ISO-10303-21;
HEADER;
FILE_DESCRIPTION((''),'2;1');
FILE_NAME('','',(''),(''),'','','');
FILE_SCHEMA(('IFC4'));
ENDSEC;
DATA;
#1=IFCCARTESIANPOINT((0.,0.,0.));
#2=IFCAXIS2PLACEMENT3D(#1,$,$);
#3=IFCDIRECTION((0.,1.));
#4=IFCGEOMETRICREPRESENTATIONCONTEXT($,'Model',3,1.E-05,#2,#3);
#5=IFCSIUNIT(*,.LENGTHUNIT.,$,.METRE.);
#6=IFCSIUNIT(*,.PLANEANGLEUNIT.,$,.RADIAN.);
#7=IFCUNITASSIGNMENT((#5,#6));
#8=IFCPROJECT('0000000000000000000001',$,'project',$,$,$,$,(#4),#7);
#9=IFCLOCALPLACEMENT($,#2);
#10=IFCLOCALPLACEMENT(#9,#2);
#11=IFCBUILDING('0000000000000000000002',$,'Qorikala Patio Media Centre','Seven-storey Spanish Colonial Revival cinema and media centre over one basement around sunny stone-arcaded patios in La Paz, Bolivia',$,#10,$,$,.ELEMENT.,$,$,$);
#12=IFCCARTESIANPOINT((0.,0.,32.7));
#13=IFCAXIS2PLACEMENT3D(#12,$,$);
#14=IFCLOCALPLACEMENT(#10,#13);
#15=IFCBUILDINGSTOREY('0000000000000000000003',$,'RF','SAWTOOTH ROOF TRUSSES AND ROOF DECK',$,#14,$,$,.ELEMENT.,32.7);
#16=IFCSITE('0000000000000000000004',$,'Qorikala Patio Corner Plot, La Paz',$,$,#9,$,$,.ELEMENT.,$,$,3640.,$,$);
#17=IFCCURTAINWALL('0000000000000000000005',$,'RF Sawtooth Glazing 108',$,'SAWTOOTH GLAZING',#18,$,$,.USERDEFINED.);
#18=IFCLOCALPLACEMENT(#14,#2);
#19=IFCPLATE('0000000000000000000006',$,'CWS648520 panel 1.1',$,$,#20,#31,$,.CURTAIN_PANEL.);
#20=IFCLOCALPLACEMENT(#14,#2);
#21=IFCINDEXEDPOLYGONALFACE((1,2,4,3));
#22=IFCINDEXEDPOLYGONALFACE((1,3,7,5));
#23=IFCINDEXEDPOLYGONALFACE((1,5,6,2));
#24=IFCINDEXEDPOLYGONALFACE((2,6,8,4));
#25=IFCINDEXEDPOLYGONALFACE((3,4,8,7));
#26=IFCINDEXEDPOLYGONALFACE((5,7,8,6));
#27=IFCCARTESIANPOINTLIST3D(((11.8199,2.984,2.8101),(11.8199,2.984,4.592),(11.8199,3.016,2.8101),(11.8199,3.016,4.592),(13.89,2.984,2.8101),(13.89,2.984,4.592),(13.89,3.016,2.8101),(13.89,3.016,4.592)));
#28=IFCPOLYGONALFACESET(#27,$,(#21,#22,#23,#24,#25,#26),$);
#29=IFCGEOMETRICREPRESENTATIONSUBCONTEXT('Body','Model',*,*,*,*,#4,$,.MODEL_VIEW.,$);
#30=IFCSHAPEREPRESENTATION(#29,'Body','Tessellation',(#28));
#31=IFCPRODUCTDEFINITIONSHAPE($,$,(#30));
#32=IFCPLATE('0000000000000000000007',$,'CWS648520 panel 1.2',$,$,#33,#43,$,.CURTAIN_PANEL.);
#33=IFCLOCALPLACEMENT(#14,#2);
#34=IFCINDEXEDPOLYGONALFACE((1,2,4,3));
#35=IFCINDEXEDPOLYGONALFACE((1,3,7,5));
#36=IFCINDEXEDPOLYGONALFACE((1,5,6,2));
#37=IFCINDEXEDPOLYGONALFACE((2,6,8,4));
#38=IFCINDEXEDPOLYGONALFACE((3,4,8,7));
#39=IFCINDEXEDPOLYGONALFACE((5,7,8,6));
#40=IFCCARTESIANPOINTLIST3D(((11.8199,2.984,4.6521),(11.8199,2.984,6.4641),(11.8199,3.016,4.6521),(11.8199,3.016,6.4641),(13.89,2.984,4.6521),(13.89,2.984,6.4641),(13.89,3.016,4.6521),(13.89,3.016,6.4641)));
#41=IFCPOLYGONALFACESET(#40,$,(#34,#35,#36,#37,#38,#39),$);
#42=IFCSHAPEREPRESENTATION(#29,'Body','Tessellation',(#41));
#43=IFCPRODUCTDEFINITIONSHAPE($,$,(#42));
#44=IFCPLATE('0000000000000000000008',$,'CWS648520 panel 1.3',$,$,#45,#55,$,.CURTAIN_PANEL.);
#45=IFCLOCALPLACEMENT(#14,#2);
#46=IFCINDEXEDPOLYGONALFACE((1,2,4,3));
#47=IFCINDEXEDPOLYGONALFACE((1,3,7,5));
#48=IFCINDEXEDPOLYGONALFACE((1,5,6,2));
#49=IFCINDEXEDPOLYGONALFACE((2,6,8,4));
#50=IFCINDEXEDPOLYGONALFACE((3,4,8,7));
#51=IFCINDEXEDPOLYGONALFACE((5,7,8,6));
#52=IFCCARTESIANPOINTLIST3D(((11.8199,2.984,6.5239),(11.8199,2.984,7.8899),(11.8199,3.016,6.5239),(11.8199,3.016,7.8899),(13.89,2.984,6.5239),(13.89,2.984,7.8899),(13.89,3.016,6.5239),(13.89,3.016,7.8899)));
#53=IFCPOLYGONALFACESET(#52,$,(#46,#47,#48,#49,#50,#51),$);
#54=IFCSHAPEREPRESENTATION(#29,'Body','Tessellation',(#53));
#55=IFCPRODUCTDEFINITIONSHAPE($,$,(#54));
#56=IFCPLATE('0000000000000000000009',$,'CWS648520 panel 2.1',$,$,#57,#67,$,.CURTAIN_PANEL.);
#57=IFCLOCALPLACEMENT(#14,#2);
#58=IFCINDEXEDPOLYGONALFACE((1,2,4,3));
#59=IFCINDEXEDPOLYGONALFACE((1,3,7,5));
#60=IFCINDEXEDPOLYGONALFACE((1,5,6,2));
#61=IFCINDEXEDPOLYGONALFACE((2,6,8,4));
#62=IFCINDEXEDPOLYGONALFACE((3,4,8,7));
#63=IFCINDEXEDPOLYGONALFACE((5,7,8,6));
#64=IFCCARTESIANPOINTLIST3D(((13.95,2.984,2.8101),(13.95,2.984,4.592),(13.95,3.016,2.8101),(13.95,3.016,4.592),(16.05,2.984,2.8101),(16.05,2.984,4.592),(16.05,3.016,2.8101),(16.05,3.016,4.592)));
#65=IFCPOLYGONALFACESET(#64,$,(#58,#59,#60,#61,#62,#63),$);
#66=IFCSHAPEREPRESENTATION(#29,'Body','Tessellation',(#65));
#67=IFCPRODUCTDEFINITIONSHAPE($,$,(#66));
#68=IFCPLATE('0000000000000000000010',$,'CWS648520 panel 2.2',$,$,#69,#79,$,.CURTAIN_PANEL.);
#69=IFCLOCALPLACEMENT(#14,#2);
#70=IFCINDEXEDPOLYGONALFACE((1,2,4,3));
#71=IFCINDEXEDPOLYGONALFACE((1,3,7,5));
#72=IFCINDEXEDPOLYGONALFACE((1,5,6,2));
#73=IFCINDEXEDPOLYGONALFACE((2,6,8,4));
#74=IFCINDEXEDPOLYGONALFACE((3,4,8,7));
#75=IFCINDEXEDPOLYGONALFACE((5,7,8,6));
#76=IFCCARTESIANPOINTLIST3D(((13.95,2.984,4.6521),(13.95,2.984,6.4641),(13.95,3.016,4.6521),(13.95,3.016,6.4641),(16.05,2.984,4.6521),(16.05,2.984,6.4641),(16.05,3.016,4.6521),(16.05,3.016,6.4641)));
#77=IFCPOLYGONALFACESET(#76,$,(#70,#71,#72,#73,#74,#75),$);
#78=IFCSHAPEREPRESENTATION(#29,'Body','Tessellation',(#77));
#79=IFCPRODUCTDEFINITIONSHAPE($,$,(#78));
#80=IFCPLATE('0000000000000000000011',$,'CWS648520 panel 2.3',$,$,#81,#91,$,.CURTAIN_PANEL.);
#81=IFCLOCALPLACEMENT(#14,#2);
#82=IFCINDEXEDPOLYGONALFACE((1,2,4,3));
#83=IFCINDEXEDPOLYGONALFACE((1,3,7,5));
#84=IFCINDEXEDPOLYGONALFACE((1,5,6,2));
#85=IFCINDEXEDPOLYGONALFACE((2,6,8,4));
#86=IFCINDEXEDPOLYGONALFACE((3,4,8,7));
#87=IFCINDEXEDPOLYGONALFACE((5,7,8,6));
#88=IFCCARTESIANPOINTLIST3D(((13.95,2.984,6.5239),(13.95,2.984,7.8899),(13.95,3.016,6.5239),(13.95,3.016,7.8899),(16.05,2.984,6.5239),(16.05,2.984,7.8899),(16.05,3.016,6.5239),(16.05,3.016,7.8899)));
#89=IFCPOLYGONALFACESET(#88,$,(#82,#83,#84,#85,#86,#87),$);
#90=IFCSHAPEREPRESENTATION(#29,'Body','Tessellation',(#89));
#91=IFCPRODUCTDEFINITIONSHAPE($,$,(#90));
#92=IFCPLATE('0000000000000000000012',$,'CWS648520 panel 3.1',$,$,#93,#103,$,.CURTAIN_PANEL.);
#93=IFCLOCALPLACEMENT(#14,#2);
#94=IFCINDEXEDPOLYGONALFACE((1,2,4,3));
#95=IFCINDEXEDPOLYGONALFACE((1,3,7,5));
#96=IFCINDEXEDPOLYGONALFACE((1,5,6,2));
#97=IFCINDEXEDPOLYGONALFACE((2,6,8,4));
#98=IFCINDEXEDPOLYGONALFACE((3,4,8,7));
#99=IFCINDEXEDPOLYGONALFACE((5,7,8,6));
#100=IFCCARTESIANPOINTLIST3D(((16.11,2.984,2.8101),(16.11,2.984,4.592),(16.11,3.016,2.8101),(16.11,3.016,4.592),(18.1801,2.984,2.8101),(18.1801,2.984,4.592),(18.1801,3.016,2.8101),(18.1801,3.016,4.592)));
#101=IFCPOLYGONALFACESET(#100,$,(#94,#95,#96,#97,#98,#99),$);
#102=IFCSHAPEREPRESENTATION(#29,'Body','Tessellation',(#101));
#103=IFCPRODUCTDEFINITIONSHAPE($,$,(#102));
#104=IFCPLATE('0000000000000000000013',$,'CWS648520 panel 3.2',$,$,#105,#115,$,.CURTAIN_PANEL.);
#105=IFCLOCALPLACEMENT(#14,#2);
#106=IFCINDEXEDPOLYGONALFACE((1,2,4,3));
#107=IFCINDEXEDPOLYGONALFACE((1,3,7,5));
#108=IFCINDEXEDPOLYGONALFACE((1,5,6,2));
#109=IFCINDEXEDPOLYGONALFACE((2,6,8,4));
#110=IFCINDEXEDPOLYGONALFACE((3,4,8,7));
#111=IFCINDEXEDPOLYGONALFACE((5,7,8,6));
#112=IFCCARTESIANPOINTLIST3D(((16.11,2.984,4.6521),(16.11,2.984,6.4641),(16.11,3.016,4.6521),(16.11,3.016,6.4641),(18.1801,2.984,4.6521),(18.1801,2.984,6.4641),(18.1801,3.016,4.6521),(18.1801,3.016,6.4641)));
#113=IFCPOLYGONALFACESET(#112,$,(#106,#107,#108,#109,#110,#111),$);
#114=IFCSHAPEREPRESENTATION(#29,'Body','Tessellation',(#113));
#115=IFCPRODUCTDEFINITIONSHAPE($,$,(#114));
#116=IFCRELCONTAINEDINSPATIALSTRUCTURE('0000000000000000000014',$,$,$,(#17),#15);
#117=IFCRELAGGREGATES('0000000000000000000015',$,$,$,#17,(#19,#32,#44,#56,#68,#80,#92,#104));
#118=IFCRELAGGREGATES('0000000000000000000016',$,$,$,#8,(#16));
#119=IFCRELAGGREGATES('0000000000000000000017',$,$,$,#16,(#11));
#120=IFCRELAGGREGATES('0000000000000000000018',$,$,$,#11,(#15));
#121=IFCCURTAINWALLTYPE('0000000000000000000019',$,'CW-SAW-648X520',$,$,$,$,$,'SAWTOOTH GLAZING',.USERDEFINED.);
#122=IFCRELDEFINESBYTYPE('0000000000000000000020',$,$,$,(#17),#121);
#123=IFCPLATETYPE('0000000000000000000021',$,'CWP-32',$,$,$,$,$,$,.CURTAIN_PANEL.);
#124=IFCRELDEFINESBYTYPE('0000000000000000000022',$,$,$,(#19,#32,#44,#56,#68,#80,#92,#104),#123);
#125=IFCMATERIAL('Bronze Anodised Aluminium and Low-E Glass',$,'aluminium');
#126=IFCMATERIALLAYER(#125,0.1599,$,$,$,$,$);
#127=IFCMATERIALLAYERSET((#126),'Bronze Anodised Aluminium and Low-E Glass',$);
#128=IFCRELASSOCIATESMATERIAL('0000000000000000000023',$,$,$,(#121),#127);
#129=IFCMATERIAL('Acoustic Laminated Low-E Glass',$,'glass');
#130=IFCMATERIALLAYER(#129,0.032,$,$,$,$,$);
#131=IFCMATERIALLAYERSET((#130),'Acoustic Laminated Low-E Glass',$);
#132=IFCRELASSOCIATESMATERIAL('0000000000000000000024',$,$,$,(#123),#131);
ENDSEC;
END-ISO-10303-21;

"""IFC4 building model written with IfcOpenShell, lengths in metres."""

from ifc_helpers import new_model, si_unit, direction, frame, origin, origin_2d, place, context, subcontext, project, spatial, rectangle, extrude, material, layer, layer_set, type_object, element, aggregate, save


model = new_model("IFC4")

# Units and contexts
model_context = context("Model", 3, precision=1e-05, world=origin(), true_north=direction((0.0, 1.0)))
body_context = subcontext(model_context, "Body", "Model", "MODEL_VIEW")
ifc_project = project(units=[si_unit("LENGTHUNIT", "METRE"), si_unit("PLANEANGLEUNIT", "RADIAN")], contexts=[model_context])

# Site, building, storey
site_placement = place(None, origin())
site = spatial("IfcSite", under=ifc_project, at=site_placement, Name="Qorikala Patio Corner Plot, La Paz", CompositionType="ELEMENT", RefElevation=3640.0)
building_placement = place(site_placement, origin())
building = spatial("IfcBuilding", under=site, at=building_placement, Name="Qorikala Patio Media Centre", Description="Seven-storey Spanish Colonial Revival cinema and media centre over one basement around sunny stone-arcaded patios in La Paz, Bolivia", CompositionType="ELEMENT")
storey_placement = place(building_placement, frame((0.0, 0.0, 32.7)))
storey = spatial("IfcBuildingStorey", under=building, at=storey_placement, Name="RF", Description="SAWTOOTH ROOF TRUSSES AND ROOF DECK", CompositionType="ELEMENT", Elevation=32.7)

# Curtain wall, plates
ifc_material_1 = material(Name="Bronze Anodised Aluminium and Low-E Glass", Category="aluminium")
ifc_layer_1 = layer(ifc_material_1, 0.1599)
ifc_layer_set_1 = layer_set([ifc_layer_1], Name="Bronze Anodised Aluminium and Low-E Glass")
curtain_wall_type = type_object("IfcCurtainWallType", Name="CW-SAW-648X520", ElementType="SAWTOOTH GLAZING", PredefinedType="USERDEFINED", material=ifc_layer_set_1)
curtain_wall_placement = place(storey_placement, origin())
curtain_wall = element("IfcCurtainWall", 1, at=curtain_wall_placement, inside=storey, type_object=curtain_wall_type, Name="RF Sawtooth Glazing 108", ObjectType="SAWTOOTH GLAZING", PredefinedType="USERDEFINED")
ifc_material_2 = material(Name="Acoustic Laminated Low-E Glass", Category="glass")
ifc_layer_2 = layer(ifc_material_2, 0.032)
ifc_layer_set_2 = layer_set([ifc_layer_2], Name="Acoustic Laminated Low-E Glass")
plate_type = type_object("IfcPlateType", Name="CWP-32", PredefinedType="CURTAIN_PANEL", material=ifc_layer_set_2)
plate_1_placement = place(storey_placement, frame((12.855, 3.0, 2.8101), z_axis=(0.0, 0.0, 1.0), x_axis=(1.0, 0.0, 0.0)))
plate_1 = element("IfcPlate", 2, at=plate_1_placement, type_object=plate_type, Name="CWS648520 panel 1.1", PredefinedType="CURTAIN_PANEL", context=body_context, shape_type="SweptSolid", body=[
    extrude(rectangle(XDim=2.0701, YDim=0.032, at=origin_2d()), origin(), (0.0, 0.0, 1.0), 1.782),
])
plate_2_placement = place(storey_placement, frame((12.855, 3.0, 4.6521), z_axis=(0.0, 0.0, 1.0), x_axis=(1.0, 0.0, 0.0)))
plate_2 = element("IfcPlate", 3, at=plate_2_placement, type_object=plate_type, Name="CWS648520 panel 1.2", PredefinedType="CURTAIN_PANEL", context=body_context, shape_type="SweptSolid", body=[
    extrude(rectangle(XDim=2.0701, YDim=0.032, at=origin_2d()), origin(), (0.0, 0.0, 1.0), 1.812),
])
plate_3_placement = place(storey_placement, frame((12.855, 3.0, 6.5239), z_axis=(0.0, 0.0, 1.0), x_axis=(1.0, 0.0, 0.0)))
plate_3 = element("IfcPlate", 4, at=plate_3_placement, type_object=plate_type, Name="CWS648520 panel 1.3", PredefinedType="CURTAIN_PANEL", context=body_context, shape_type="SweptSolid", body=[
    extrude(rectangle(XDim=2.0701, YDim=0.032, at=origin_2d()), origin(), (0.0, 0.0, 1.0), 1.366),
])
plate_4_placement = place(storey_placement, frame((15.0, 3.0, 2.8101), z_axis=(0.0, 0.0, 1.0), x_axis=(1.0, 0.0, 0.0)))
plate_4 = element("IfcPlate", 5, at=plate_4_placement, type_object=plate_type, Name="CWS648520 panel 2.1", PredefinedType="CURTAIN_PANEL", context=body_context, shape_type="SweptSolid", body=[
    extrude(rectangle(XDim=2.1001, YDim=0.032, at=origin_2d()), origin(), (0.0, 0.0, 1.0), 1.782),
])
plate_5_placement = place(storey_placement, frame((15.0, 3.0, 4.6521), z_axis=(0.0, 0.0, 1.0), x_axis=(1.0, 0.0, 0.0)))
plate_5 = element("IfcPlate", 6, at=plate_5_placement, type_object=plate_type, Name="CWS648520 panel 2.2", PredefinedType="CURTAIN_PANEL", context=body_context, shape_type="SweptSolid", body=[
    extrude(rectangle(XDim=2.1001, YDim=0.032, at=origin_2d()), origin(), (0.0, 0.0, 1.0), 1.812),
])
plate_6_placement = place(storey_placement, frame((15.0, 3.0, 6.5239), z_axis=(0.0, 0.0, 1.0), x_axis=(1.0, 0.0, 0.0)))
plate_6 = element("IfcPlate", 7, at=plate_6_placement, type_object=plate_type, Name="CWS648520 panel 2.3", PredefinedType="CURTAIN_PANEL", context=body_context, shape_type="SweptSolid", body=[
    extrude(rectangle(XDim=2.1001, YDim=0.032, at=origin_2d()), origin(), (0.0, 0.0, 1.0), 1.366),
])
plate_7_placement = place(storey_placement, frame((17.145, 3.0, 2.8101), z_axis=(0.0, 0.0, 1.0), x_axis=(1.0, 0.0, 0.0)))
plate_7 = element("IfcPlate", 8, at=plate_7_placement, type_object=plate_type, Name="CWS648520 panel 3.1", PredefinedType="CURTAIN_PANEL", context=body_context, shape_type="SweptSolid", body=[
    extrude(rectangle(XDim=2.0701, YDim=0.032, at=origin_2d()), origin(), (0.0, 0.0, 1.0), 1.782),
])
plate_8_placement = place(storey_placement, frame((17.145, 3.0, 4.6521), z_axis=(0.0, 0.0, 1.0), x_axis=(1.0, 0.0, 0.0)))
plate_8 = element("IfcPlate", 9, at=plate_8_placement, type_object=plate_type, Name="CWS648520 panel 3.2", PredefinedType="CURTAIN_PANEL", context=body_context, shape_type="SweptSolid", body=[
    extrude(rectangle(XDim=2.0701, YDim=0.032, at=origin_2d()), origin(), (0.0, 0.0, 1.0), 1.812),
])
aggregate(curtain_wall, [plate_1, plate_2, plate_3, plate_4, plate_5, plate_6, plate_7, plate_8])

save(model, "model.ifc")
